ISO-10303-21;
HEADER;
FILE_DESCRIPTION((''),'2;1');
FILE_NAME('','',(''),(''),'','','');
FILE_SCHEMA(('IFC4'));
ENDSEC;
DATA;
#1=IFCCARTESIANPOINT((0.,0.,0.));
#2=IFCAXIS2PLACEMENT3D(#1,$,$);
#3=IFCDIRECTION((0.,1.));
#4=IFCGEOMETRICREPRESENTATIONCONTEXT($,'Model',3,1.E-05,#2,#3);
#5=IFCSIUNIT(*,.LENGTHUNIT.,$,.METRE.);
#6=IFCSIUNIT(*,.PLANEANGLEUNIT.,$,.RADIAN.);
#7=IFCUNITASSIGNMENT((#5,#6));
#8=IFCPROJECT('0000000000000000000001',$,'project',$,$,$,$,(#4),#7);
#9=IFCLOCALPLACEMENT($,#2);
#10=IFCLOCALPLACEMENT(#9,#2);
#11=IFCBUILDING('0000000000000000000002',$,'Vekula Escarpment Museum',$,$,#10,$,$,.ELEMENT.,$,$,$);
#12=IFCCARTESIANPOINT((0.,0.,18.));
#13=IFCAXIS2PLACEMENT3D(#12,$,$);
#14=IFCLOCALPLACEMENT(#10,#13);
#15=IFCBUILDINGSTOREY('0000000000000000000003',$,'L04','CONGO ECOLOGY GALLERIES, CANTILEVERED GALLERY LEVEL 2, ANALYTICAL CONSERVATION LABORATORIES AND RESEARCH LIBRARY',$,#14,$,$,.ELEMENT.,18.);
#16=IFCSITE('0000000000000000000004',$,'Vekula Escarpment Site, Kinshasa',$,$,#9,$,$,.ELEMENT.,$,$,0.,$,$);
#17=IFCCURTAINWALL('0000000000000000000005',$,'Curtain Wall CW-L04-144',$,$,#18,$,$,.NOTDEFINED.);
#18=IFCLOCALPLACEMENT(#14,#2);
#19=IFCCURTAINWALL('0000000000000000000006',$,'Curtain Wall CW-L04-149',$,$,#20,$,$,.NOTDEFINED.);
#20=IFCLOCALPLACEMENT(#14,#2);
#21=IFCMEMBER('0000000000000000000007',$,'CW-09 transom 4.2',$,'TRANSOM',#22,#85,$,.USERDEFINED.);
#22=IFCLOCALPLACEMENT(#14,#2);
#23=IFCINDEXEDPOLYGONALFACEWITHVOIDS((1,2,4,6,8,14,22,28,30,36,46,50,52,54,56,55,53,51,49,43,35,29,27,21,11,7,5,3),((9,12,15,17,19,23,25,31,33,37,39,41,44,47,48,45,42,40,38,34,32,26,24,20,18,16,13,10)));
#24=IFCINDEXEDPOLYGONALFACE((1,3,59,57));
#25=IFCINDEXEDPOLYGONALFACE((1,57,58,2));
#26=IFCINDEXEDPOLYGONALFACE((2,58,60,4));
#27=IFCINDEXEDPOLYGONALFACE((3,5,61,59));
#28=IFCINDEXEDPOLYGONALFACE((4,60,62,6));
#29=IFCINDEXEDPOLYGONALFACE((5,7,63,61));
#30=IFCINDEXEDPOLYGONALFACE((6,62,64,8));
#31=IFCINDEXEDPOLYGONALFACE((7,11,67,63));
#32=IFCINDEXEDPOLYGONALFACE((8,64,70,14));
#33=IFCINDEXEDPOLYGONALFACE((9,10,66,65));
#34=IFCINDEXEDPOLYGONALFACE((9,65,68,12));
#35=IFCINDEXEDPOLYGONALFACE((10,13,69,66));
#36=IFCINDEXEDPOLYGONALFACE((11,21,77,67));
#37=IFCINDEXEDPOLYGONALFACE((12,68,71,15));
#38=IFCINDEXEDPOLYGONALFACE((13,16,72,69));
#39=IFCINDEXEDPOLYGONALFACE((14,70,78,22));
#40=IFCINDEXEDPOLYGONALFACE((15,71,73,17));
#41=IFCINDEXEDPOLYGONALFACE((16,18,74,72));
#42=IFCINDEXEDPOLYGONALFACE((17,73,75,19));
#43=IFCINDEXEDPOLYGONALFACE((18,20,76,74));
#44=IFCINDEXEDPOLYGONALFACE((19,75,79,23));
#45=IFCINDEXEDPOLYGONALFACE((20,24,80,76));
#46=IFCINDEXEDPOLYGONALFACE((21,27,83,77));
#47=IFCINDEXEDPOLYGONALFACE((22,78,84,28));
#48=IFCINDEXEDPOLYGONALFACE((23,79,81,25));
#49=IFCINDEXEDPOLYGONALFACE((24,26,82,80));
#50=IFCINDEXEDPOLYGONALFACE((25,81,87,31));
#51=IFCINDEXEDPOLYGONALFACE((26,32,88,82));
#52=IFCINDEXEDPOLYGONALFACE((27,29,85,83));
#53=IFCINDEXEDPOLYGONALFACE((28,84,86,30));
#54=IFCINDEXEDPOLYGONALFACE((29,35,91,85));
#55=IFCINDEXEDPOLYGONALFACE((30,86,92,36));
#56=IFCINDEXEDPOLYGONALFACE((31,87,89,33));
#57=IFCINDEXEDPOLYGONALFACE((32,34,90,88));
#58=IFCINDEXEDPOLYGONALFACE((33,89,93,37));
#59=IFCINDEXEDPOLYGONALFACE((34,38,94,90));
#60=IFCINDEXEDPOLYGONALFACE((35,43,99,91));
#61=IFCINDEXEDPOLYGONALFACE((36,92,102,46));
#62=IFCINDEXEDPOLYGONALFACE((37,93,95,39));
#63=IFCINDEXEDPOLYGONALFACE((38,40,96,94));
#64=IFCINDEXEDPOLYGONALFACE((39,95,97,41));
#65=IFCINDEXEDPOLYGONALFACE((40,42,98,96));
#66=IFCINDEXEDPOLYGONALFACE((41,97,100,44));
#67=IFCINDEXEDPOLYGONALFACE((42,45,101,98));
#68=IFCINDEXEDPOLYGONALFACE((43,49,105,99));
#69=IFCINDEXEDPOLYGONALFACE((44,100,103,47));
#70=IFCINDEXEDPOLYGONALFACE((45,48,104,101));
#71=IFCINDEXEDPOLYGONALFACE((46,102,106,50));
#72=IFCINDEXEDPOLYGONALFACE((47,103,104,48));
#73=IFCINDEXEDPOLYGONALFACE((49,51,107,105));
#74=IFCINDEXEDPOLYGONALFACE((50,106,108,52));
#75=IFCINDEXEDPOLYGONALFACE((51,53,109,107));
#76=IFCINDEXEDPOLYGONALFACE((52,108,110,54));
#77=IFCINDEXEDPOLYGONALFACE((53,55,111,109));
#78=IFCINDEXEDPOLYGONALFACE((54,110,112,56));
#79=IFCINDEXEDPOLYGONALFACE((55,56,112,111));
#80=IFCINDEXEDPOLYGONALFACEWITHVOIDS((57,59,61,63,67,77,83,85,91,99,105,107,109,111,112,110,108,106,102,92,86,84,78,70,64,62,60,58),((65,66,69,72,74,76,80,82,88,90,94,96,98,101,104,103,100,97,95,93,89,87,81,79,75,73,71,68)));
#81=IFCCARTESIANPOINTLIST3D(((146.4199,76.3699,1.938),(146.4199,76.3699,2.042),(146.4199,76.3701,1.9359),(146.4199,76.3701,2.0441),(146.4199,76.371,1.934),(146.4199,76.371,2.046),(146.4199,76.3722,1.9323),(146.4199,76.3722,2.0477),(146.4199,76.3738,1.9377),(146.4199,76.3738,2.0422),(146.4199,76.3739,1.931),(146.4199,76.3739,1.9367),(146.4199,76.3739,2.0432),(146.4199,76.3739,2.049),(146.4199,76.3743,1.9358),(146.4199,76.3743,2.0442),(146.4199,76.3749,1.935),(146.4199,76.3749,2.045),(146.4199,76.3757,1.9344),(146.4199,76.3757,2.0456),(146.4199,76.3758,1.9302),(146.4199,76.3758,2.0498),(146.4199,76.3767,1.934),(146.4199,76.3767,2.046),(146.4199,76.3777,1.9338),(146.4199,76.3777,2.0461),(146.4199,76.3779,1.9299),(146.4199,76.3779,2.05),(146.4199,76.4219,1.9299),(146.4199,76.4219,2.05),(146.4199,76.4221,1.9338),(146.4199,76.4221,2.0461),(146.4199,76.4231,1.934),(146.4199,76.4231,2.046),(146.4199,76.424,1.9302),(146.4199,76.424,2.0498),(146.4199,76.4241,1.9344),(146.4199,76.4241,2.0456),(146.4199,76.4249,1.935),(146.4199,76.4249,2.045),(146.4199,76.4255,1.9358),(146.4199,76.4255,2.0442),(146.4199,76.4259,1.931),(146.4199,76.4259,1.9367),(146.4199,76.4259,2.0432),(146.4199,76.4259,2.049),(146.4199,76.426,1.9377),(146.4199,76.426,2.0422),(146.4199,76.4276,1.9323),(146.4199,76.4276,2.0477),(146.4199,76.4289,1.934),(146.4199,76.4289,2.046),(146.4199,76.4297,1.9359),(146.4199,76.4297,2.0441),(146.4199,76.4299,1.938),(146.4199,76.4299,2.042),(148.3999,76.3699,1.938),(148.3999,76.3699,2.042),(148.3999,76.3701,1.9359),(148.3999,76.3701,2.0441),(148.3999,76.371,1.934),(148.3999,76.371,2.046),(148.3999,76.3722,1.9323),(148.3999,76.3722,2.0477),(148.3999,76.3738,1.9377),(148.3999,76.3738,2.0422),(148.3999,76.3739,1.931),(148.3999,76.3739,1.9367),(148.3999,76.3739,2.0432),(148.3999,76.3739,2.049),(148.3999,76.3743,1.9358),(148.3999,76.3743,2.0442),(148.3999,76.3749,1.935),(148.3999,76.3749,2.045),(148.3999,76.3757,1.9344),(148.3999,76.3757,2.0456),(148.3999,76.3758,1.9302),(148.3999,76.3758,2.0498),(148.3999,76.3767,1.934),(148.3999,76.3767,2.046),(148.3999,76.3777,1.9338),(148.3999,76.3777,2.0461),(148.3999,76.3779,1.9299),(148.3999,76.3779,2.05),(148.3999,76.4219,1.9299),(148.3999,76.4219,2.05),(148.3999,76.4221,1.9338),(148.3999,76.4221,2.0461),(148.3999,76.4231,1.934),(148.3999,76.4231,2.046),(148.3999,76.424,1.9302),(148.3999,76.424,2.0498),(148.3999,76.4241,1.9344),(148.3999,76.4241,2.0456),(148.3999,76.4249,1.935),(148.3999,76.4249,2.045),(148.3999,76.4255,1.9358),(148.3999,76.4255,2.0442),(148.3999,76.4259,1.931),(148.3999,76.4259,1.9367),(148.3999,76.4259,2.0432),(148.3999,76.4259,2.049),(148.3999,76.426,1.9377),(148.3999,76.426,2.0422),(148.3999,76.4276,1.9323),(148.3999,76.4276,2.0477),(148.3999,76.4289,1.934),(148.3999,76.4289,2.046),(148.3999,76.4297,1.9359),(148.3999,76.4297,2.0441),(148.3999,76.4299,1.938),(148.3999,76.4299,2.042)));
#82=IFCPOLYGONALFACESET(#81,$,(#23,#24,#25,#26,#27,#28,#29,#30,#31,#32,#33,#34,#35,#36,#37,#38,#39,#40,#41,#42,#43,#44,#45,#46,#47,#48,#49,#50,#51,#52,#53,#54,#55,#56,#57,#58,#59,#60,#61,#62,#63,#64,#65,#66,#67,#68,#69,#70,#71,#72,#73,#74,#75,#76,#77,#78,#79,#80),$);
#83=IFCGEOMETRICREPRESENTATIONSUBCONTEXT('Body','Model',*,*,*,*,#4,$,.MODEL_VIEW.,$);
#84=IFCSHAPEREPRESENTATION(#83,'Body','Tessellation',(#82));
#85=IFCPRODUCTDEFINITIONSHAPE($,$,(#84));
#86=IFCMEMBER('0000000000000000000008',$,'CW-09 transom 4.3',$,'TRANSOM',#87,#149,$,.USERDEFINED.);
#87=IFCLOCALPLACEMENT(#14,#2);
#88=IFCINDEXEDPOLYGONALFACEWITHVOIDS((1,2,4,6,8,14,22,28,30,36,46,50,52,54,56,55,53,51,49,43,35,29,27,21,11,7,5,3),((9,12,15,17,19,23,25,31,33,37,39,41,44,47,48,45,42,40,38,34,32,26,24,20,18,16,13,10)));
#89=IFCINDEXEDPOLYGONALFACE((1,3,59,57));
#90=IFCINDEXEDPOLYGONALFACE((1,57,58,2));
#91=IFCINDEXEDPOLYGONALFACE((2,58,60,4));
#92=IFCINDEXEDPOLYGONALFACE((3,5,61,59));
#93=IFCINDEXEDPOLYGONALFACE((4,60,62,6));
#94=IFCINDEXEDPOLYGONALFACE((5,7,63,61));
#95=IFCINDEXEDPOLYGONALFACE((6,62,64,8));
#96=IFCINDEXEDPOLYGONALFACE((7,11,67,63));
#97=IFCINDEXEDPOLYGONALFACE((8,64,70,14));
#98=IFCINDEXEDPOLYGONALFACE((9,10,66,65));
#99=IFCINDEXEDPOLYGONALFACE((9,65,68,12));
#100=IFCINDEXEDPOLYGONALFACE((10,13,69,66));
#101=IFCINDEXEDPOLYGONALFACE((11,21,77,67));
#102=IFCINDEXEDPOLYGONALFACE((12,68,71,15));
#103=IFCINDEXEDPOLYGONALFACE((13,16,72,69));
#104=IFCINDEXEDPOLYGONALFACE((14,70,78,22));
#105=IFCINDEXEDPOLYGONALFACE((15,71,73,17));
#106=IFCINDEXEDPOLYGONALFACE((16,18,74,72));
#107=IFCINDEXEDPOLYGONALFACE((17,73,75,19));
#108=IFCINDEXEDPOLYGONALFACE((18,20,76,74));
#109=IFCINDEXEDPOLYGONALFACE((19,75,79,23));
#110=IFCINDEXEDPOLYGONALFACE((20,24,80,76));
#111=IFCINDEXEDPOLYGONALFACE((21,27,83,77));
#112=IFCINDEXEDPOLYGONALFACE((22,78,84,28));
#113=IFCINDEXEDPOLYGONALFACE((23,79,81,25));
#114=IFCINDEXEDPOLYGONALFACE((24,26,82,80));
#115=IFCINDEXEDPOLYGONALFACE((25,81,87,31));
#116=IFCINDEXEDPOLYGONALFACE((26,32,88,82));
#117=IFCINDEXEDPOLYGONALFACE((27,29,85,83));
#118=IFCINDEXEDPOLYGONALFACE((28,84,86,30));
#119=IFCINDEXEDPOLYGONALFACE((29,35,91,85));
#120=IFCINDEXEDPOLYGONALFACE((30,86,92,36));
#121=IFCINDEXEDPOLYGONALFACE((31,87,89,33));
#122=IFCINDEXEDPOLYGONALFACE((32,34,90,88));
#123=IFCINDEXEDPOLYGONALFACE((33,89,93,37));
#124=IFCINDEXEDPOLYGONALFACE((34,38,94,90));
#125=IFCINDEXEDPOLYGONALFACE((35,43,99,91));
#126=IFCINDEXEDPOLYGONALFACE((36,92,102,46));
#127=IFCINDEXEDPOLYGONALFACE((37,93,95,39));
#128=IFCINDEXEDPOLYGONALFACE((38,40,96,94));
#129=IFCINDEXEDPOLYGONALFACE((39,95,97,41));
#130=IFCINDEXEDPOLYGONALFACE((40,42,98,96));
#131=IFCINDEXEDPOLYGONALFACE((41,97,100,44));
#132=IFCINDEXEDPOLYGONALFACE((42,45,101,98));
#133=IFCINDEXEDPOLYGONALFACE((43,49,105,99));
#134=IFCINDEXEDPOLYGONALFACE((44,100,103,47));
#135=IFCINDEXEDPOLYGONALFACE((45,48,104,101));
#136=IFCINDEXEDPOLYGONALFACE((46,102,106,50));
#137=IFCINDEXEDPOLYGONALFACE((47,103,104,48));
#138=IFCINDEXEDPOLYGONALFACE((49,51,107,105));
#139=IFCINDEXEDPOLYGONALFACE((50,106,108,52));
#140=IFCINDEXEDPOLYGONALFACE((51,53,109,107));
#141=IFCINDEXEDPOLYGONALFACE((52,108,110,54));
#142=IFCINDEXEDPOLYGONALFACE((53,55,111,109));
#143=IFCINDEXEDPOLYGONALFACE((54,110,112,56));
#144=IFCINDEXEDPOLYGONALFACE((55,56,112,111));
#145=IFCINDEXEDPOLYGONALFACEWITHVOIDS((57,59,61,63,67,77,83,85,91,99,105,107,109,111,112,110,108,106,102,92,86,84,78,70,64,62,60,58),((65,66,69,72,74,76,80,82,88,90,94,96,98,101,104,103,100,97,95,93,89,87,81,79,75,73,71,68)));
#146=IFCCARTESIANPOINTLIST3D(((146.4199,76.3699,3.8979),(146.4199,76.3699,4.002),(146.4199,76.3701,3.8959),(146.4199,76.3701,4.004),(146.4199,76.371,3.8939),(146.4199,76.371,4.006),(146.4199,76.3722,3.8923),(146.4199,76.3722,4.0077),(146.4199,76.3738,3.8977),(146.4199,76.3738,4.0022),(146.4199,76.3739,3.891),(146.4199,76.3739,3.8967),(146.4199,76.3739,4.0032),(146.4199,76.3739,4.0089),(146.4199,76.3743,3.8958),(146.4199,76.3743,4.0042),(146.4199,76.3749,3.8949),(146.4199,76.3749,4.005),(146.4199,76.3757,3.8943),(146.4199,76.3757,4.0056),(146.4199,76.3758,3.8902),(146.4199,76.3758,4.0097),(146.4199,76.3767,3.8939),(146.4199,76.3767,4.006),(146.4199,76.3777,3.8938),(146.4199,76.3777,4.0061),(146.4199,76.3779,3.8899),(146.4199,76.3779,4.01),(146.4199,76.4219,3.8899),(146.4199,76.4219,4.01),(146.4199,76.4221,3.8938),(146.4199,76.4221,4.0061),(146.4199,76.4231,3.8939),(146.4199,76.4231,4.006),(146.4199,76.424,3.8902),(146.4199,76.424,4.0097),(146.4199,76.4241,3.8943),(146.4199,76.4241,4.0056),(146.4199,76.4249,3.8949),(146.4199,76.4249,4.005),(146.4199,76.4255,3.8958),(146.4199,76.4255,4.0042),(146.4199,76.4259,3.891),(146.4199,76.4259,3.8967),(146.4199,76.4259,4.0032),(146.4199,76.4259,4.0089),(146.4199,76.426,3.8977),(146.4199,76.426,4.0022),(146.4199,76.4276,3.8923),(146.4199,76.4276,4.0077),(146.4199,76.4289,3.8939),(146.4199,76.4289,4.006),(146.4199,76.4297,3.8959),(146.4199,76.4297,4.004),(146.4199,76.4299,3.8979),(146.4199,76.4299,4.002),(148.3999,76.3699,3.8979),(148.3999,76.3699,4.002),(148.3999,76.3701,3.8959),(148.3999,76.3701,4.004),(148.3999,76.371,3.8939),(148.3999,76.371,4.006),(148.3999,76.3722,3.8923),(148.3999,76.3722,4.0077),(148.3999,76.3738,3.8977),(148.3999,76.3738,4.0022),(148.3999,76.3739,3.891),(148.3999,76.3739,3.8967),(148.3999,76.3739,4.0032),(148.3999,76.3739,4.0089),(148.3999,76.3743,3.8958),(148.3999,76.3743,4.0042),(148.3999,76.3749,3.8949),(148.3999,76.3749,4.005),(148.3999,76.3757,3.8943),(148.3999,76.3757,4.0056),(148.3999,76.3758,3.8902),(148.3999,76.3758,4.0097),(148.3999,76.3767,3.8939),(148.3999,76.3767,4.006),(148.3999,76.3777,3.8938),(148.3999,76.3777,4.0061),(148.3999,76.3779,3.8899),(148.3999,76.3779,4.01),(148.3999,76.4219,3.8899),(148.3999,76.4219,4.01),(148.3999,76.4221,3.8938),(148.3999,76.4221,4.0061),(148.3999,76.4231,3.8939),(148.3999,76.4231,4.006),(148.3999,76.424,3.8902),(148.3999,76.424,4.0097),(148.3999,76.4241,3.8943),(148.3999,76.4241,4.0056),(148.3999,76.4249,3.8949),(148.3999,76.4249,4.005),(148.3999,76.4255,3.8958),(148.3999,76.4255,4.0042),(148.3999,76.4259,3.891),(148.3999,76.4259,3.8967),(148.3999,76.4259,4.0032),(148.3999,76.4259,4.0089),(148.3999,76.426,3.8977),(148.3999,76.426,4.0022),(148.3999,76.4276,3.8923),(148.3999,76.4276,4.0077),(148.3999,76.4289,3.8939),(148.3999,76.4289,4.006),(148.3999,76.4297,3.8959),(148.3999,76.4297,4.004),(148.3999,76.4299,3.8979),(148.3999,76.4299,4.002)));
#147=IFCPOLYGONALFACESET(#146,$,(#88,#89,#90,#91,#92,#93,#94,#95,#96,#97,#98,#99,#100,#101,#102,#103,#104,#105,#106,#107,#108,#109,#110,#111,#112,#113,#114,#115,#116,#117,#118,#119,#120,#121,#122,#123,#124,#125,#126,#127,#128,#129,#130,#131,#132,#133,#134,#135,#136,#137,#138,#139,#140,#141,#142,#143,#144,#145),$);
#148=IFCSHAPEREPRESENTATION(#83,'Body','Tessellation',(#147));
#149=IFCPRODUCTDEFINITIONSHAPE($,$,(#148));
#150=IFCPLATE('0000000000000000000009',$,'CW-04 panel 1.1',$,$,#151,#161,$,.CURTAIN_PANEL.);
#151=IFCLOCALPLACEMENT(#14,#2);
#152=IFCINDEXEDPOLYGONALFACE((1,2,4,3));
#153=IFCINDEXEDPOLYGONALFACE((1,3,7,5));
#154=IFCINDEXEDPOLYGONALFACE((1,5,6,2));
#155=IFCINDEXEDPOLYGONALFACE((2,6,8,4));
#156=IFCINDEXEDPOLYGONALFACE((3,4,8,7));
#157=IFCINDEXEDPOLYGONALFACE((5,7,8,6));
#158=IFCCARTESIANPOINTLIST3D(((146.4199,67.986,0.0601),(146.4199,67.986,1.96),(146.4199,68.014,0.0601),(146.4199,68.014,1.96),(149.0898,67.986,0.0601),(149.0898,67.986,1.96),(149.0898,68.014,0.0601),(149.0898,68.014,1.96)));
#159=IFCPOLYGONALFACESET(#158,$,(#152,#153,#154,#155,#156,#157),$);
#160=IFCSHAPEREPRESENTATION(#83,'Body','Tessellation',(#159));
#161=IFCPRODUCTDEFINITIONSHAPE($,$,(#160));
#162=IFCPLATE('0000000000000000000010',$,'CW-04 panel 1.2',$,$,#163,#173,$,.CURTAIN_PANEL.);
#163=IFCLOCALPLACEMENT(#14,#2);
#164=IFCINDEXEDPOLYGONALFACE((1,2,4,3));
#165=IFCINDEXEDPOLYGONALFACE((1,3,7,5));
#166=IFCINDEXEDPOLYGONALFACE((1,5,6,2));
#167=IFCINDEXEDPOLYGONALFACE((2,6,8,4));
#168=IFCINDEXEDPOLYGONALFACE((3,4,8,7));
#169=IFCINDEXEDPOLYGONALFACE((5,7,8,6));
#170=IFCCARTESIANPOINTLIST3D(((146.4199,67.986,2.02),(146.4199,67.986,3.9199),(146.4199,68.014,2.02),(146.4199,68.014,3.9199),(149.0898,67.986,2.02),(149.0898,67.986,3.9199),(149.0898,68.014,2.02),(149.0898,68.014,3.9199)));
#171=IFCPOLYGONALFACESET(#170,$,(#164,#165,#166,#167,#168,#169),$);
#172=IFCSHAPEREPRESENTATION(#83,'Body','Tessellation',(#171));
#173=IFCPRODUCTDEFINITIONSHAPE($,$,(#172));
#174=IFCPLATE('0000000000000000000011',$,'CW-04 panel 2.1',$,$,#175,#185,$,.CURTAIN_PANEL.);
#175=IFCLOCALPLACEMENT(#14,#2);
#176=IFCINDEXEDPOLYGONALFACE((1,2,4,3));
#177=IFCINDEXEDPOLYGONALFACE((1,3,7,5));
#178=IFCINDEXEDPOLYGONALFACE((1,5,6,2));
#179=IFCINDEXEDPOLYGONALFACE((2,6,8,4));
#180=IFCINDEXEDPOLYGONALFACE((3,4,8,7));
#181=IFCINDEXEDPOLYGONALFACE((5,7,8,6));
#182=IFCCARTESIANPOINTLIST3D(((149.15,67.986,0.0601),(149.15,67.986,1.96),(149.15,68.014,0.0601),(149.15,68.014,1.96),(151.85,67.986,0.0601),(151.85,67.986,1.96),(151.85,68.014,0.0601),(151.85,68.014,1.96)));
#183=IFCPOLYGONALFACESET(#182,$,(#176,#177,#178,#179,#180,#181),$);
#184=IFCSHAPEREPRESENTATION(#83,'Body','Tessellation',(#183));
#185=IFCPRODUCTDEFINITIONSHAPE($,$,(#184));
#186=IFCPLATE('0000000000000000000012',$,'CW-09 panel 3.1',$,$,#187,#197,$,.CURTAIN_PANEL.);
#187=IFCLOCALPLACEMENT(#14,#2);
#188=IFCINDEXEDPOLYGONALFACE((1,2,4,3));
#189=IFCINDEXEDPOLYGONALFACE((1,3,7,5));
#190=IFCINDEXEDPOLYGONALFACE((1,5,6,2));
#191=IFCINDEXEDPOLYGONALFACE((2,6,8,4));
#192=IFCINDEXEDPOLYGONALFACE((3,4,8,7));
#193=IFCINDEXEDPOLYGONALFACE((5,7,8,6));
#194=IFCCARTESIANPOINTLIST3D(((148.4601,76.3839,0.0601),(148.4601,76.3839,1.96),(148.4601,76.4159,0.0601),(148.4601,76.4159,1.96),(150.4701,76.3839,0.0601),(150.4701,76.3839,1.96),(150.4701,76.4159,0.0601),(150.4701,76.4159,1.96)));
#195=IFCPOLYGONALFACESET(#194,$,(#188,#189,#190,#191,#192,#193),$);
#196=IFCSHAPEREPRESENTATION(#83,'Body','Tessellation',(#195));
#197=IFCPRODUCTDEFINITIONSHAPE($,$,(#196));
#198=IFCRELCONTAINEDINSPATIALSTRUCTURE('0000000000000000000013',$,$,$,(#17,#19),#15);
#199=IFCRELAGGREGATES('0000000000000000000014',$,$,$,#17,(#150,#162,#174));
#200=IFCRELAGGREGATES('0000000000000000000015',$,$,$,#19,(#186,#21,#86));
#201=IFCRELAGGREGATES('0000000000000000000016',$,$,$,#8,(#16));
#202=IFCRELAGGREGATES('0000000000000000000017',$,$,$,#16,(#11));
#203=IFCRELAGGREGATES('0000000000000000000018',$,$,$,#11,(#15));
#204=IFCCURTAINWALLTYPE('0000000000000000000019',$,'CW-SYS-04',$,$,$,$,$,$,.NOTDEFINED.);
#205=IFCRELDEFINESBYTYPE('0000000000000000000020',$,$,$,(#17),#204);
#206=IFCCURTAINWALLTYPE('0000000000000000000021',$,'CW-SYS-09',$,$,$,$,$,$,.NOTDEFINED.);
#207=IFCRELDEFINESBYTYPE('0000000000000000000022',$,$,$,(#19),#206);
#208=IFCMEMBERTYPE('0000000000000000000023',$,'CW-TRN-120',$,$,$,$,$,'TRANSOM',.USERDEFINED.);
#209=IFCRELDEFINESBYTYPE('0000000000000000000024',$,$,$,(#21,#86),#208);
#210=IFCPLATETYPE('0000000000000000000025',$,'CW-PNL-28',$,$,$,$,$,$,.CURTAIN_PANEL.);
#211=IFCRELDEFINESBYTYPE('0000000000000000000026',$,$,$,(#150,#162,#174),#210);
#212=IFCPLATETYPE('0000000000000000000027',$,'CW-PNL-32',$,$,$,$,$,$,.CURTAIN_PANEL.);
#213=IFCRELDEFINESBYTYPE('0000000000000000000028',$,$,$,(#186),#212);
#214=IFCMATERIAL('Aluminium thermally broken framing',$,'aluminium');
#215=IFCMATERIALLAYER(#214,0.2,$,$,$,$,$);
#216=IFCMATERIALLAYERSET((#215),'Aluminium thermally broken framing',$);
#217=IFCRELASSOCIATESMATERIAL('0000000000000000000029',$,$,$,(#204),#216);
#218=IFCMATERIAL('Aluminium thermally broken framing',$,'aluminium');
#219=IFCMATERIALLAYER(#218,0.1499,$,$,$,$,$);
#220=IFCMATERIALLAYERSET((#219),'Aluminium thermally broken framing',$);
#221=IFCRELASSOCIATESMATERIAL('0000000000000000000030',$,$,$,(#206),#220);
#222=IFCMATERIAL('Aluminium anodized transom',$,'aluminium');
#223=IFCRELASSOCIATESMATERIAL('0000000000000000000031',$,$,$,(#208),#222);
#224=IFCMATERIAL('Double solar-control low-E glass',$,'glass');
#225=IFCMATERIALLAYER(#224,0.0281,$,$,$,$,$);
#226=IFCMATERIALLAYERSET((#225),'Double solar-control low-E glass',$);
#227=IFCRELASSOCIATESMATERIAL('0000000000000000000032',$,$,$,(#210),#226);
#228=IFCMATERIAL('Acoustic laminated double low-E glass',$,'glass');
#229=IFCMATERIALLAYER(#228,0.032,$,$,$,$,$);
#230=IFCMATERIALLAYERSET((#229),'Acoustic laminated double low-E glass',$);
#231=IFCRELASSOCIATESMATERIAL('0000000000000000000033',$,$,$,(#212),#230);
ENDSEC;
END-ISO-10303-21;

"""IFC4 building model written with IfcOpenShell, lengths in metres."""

from ifc_helpers import new_model, si_unit, direction, frame, origin, origin_2d, place, context, subcontext, project, spatial, rectangle, hollow_rectangle, extrude, material, layer, layer_set, material_profile, profile_set, type_object, element, aggregate, save


model = new_model("IFC4")

# Units and contexts
model_context = context("Model", 3, precision=1e-05, world=origin(), true_north=direction((0.0, 1.0)))
body_context = subcontext(model_context, "Body", "Model", "MODEL_VIEW")
ifc_project = project(units=[si_unit("LENGTHUNIT", "METRE"), si_unit("PLANEANGLEUNIT", "RADIAN")], contexts=[model_context])

# Site, building, storey
site_placement = place(None, origin())
site = spatial("IfcSite", under=ifc_project, at=site_placement, Name="Vekula Escarpment Site, Kinshasa", CompositionType="ELEMENT", RefElevation=0.0)
building_placement = place(site_placement, origin())
building = spatial("IfcBuilding", under=site, at=building_placement, Name="Vekula Escarpment Museum", CompositionType="ELEMENT")
storey_placement = place(building_placement, frame((0.0, 0.0, 18.0)))
storey = spatial("IfcBuildingStorey", under=building, at=storey_placement, Name="L04", Description="CONGO ECOLOGY GALLERIES, CANTILEVERED GALLERY LEVEL 2, ANALYTICAL CONSERVATION LABORATORIES AND RESEARCH LIBRARY", CompositionType="ELEMENT", Elevation=18.0)

# Curtain walls
ifc_material_1 = material(Name="Aluminium thermally broken framing", Category="aluminium")
ifc_layer_1 = layer(ifc_material_1, 0.2)
ifc_layer_set_1 = layer_set([ifc_layer_1], Name="Aluminium thermally broken framing")
curtain_wall_type_1 = type_object("IfcCurtainWallType", Name="CW-SYS-04", PredefinedType="NOTDEFINED", material=ifc_layer_set_1)
curtain_wall_1_placement = place(storey_placement, origin())
curtain_wall_1 = element("IfcCurtainWall", 1, at=curtain_wall_1_placement, inside=storey, type_object=curtain_wall_type_1, Name="Curtain Wall CW-L04-144", PredefinedType="NOTDEFINED")
ifc_material_2 = material(Name="Aluminium thermally broken framing", Category="aluminium")
ifc_layer_2 = layer(ifc_material_2, 0.1499)
ifc_layer_set_2 = layer_set([ifc_layer_2], Name="Aluminium thermally broken framing")
curtain_wall_type_2 = type_object("IfcCurtainWallType", Name="CW-SYS-09", PredefinedType="NOTDEFINED", material=ifc_layer_set_2)
curtain_wall_2_placement = place(storey_placement, origin())
curtain_wall_2 = element("IfcCurtainWall", 2, at=curtain_wall_2_placement, inside=storey, type_object=curtain_wall_type_2, Name="Curtain Wall CW-L04-149", PredefinedType="NOTDEFINED")

# Members
ifc_material_3 = material(Name="Aluminium anodized transom", Category="aluminium")
ifc_material_profile_1 = material_profile(ifc_material_3, hollow_rectangle(XDim=0.0601, YDim=0.1201, WallThickness=0.0039, InnerFilletRadius=0.0039, OuterFilletRadius=0.0081, at=origin_2d()), Name="ALU 120x60x4")
ifc_profile_set_1 = profile_set([ifc_material_profile_1], Name="Aluminium anodized transom")
member_type_1 = type_object("IfcMemberType", Name="CW-TRN-120", ElementType="TRANSOM", PredefinedType="USERDEFINED", material=ifc_profile_set_1)
member_1_placement = place(storey_placement, frame((148.3999, 76.3999, 1.99), z_axis=(-1.0, 0.0, 0.0), x_axis=(0.0, -1.0, 0.0)))
member_1 = element("IfcMember", 3, at=member_1_placement, type_object=member_type_1, Name="CW-09 transom 4.2", ObjectType="TRANSOM", PredefinedType="USERDEFINED", context=body_context, shape_type="SweptSolid", body=[
    extrude(hollow_rectangle(XDim=0.0601, YDim=0.1201, WallThickness=0.0039, InnerFilletRadius=0.0039, OuterFilletRadius=0.0081, at=origin_2d()), origin(), (0.0, 0.0, 1.0), 1.98),
])
member_2_placement = place(storey_placement, frame((148.3999, 76.3999, 3.95), z_axis=(-1.0, 0.0, 0.0), x_axis=(0.0, -1.0, 0.0)))
member_2 = element("IfcMember", 4, at=member_2_placement, type_object=member_type_1, Name="CW-09 transom 4.3", ObjectType="TRANSOM", PredefinedType="USERDEFINED", context=body_context, shape_type="SweptSolid", body=[
    extrude(hollow_rectangle(XDim=0.0601, YDim=0.1201, WallThickness=0.0039, InnerFilletRadius=0.0039, OuterFilletRadius=0.0081, at=origin_2d()), origin(), (0.0, 0.0, 1.0), 1.98),
])

# Plates
ifc_material_4 = material(Name="Double solar-control low-E glass", Category="glass")
ifc_layer_3 = layer(ifc_material_4, 0.0281)
ifc_layer_set_3 = layer_set([ifc_layer_3], Name="Double solar-control low-E glass")
plate_type_1 = type_object("IfcPlateType", Name="CW-PNL-28", PredefinedType="CURTAIN_PANEL", material=ifc_layer_set_3)
plate_1_placement = place(storey_placement, frame((147.7549, 68.0, 0.0601), z_axis=(0.0, 0.0, 1.0), x_axis=(1.0, 0.0, 0.0)))
plate_1 = element("IfcPlate", 5, at=plate_1_placement, type_object=plate_type_1, Name="CW-04 panel 1.1", PredefinedType="CURTAIN_PANEL", context=body_context, shape_type="SweptSolid", body=[
    extrude(rectangle(XDim=2.6699, YDim=0.0281, at=origin_2d()), origin(), (0.0, 0.0, 1.0), 1.8999),
])
plate_2_placement = place(storey_placement, frame((147.7549, 68.0, 2.02), z_axis=(0.0, 0.0, 1.0), x_axis=(1.0, 0.0, 0.0)))
plate_2 = element("IfcPlate", 6, at=plate_2_placement, type_object=plate_type_1, Name="CW-04 panel 1.2", PredefinedType="CURTAIN_PANEL", context=body_context, shape_type="SweptSolid", body=[
    extrude(rectangle(XDim=2.6699, YDim=0.0281, at=origin_2d()), origin(), (0.0, 0.0, 1.0), 1.8999),
])
plate_3_placement = place(storey_placement, frame((150.5, 68.0, 0.0601), z_axis=(0.0, 0.0, 1.0), x_axis=(1.0, 0.0, 0.0)))
plate_3 = element("IfcPlate", 7, at=plate_3_placement, type_object=plate_type_1, Name="CW-04 panel 2.1", PredefinedType="CURTAIN_PANEL", context=body_context, shape_type="SweptSolid", body=[
    extrude(rectangle(XDim=2.7, YDim=0.0281, at=origin_2d()), origin(), (0.0, 0.0, 1.0), 1.8999),
])
aggregate(curtain_wall_1, [plate_1, plate_2, plate_3])
ifc_material_5 = material(Name="Acoustic laminated double low-E glass", Category="glass")
ifc_layer_4 = layer(ifc_material_5, 0.032)
ifc_layer_set_4 = layer_set([ifc_layer_4], Name="Acoustic laminated double low-E glass")
plate_type_2 = type_object("IfcPlateType", Name="CW-PNL-32", PredefinedType="CURTAIN_PANEL", material=ifc_layer_set_4)
plate_4_placement = place(storey_placement, frame((149.4651, 76.3999, 0.0601), z_axis=(0.0, 0.0, 1.0), x_axis=(-1.0, 0.0, 0.0)))
plate_4 = element("IfcPlate", 8, at=plate_4_placement, type_object=plate_type_2, Name="CW-09 panel 3.1", PredefinedType="CURTAIN_PANEL", context=body_context, shape_type="SweptSolid", body=[
    extrude(rectangle(XDim=2.01, YDim=0.032, at=origin_2d()), origin(), (0.0, 0.0, 1.0), 1.8999),
])
aggregate(curtain_wall_2, [plate_4, member_1, member_2])

save(model, "model.ifc")
